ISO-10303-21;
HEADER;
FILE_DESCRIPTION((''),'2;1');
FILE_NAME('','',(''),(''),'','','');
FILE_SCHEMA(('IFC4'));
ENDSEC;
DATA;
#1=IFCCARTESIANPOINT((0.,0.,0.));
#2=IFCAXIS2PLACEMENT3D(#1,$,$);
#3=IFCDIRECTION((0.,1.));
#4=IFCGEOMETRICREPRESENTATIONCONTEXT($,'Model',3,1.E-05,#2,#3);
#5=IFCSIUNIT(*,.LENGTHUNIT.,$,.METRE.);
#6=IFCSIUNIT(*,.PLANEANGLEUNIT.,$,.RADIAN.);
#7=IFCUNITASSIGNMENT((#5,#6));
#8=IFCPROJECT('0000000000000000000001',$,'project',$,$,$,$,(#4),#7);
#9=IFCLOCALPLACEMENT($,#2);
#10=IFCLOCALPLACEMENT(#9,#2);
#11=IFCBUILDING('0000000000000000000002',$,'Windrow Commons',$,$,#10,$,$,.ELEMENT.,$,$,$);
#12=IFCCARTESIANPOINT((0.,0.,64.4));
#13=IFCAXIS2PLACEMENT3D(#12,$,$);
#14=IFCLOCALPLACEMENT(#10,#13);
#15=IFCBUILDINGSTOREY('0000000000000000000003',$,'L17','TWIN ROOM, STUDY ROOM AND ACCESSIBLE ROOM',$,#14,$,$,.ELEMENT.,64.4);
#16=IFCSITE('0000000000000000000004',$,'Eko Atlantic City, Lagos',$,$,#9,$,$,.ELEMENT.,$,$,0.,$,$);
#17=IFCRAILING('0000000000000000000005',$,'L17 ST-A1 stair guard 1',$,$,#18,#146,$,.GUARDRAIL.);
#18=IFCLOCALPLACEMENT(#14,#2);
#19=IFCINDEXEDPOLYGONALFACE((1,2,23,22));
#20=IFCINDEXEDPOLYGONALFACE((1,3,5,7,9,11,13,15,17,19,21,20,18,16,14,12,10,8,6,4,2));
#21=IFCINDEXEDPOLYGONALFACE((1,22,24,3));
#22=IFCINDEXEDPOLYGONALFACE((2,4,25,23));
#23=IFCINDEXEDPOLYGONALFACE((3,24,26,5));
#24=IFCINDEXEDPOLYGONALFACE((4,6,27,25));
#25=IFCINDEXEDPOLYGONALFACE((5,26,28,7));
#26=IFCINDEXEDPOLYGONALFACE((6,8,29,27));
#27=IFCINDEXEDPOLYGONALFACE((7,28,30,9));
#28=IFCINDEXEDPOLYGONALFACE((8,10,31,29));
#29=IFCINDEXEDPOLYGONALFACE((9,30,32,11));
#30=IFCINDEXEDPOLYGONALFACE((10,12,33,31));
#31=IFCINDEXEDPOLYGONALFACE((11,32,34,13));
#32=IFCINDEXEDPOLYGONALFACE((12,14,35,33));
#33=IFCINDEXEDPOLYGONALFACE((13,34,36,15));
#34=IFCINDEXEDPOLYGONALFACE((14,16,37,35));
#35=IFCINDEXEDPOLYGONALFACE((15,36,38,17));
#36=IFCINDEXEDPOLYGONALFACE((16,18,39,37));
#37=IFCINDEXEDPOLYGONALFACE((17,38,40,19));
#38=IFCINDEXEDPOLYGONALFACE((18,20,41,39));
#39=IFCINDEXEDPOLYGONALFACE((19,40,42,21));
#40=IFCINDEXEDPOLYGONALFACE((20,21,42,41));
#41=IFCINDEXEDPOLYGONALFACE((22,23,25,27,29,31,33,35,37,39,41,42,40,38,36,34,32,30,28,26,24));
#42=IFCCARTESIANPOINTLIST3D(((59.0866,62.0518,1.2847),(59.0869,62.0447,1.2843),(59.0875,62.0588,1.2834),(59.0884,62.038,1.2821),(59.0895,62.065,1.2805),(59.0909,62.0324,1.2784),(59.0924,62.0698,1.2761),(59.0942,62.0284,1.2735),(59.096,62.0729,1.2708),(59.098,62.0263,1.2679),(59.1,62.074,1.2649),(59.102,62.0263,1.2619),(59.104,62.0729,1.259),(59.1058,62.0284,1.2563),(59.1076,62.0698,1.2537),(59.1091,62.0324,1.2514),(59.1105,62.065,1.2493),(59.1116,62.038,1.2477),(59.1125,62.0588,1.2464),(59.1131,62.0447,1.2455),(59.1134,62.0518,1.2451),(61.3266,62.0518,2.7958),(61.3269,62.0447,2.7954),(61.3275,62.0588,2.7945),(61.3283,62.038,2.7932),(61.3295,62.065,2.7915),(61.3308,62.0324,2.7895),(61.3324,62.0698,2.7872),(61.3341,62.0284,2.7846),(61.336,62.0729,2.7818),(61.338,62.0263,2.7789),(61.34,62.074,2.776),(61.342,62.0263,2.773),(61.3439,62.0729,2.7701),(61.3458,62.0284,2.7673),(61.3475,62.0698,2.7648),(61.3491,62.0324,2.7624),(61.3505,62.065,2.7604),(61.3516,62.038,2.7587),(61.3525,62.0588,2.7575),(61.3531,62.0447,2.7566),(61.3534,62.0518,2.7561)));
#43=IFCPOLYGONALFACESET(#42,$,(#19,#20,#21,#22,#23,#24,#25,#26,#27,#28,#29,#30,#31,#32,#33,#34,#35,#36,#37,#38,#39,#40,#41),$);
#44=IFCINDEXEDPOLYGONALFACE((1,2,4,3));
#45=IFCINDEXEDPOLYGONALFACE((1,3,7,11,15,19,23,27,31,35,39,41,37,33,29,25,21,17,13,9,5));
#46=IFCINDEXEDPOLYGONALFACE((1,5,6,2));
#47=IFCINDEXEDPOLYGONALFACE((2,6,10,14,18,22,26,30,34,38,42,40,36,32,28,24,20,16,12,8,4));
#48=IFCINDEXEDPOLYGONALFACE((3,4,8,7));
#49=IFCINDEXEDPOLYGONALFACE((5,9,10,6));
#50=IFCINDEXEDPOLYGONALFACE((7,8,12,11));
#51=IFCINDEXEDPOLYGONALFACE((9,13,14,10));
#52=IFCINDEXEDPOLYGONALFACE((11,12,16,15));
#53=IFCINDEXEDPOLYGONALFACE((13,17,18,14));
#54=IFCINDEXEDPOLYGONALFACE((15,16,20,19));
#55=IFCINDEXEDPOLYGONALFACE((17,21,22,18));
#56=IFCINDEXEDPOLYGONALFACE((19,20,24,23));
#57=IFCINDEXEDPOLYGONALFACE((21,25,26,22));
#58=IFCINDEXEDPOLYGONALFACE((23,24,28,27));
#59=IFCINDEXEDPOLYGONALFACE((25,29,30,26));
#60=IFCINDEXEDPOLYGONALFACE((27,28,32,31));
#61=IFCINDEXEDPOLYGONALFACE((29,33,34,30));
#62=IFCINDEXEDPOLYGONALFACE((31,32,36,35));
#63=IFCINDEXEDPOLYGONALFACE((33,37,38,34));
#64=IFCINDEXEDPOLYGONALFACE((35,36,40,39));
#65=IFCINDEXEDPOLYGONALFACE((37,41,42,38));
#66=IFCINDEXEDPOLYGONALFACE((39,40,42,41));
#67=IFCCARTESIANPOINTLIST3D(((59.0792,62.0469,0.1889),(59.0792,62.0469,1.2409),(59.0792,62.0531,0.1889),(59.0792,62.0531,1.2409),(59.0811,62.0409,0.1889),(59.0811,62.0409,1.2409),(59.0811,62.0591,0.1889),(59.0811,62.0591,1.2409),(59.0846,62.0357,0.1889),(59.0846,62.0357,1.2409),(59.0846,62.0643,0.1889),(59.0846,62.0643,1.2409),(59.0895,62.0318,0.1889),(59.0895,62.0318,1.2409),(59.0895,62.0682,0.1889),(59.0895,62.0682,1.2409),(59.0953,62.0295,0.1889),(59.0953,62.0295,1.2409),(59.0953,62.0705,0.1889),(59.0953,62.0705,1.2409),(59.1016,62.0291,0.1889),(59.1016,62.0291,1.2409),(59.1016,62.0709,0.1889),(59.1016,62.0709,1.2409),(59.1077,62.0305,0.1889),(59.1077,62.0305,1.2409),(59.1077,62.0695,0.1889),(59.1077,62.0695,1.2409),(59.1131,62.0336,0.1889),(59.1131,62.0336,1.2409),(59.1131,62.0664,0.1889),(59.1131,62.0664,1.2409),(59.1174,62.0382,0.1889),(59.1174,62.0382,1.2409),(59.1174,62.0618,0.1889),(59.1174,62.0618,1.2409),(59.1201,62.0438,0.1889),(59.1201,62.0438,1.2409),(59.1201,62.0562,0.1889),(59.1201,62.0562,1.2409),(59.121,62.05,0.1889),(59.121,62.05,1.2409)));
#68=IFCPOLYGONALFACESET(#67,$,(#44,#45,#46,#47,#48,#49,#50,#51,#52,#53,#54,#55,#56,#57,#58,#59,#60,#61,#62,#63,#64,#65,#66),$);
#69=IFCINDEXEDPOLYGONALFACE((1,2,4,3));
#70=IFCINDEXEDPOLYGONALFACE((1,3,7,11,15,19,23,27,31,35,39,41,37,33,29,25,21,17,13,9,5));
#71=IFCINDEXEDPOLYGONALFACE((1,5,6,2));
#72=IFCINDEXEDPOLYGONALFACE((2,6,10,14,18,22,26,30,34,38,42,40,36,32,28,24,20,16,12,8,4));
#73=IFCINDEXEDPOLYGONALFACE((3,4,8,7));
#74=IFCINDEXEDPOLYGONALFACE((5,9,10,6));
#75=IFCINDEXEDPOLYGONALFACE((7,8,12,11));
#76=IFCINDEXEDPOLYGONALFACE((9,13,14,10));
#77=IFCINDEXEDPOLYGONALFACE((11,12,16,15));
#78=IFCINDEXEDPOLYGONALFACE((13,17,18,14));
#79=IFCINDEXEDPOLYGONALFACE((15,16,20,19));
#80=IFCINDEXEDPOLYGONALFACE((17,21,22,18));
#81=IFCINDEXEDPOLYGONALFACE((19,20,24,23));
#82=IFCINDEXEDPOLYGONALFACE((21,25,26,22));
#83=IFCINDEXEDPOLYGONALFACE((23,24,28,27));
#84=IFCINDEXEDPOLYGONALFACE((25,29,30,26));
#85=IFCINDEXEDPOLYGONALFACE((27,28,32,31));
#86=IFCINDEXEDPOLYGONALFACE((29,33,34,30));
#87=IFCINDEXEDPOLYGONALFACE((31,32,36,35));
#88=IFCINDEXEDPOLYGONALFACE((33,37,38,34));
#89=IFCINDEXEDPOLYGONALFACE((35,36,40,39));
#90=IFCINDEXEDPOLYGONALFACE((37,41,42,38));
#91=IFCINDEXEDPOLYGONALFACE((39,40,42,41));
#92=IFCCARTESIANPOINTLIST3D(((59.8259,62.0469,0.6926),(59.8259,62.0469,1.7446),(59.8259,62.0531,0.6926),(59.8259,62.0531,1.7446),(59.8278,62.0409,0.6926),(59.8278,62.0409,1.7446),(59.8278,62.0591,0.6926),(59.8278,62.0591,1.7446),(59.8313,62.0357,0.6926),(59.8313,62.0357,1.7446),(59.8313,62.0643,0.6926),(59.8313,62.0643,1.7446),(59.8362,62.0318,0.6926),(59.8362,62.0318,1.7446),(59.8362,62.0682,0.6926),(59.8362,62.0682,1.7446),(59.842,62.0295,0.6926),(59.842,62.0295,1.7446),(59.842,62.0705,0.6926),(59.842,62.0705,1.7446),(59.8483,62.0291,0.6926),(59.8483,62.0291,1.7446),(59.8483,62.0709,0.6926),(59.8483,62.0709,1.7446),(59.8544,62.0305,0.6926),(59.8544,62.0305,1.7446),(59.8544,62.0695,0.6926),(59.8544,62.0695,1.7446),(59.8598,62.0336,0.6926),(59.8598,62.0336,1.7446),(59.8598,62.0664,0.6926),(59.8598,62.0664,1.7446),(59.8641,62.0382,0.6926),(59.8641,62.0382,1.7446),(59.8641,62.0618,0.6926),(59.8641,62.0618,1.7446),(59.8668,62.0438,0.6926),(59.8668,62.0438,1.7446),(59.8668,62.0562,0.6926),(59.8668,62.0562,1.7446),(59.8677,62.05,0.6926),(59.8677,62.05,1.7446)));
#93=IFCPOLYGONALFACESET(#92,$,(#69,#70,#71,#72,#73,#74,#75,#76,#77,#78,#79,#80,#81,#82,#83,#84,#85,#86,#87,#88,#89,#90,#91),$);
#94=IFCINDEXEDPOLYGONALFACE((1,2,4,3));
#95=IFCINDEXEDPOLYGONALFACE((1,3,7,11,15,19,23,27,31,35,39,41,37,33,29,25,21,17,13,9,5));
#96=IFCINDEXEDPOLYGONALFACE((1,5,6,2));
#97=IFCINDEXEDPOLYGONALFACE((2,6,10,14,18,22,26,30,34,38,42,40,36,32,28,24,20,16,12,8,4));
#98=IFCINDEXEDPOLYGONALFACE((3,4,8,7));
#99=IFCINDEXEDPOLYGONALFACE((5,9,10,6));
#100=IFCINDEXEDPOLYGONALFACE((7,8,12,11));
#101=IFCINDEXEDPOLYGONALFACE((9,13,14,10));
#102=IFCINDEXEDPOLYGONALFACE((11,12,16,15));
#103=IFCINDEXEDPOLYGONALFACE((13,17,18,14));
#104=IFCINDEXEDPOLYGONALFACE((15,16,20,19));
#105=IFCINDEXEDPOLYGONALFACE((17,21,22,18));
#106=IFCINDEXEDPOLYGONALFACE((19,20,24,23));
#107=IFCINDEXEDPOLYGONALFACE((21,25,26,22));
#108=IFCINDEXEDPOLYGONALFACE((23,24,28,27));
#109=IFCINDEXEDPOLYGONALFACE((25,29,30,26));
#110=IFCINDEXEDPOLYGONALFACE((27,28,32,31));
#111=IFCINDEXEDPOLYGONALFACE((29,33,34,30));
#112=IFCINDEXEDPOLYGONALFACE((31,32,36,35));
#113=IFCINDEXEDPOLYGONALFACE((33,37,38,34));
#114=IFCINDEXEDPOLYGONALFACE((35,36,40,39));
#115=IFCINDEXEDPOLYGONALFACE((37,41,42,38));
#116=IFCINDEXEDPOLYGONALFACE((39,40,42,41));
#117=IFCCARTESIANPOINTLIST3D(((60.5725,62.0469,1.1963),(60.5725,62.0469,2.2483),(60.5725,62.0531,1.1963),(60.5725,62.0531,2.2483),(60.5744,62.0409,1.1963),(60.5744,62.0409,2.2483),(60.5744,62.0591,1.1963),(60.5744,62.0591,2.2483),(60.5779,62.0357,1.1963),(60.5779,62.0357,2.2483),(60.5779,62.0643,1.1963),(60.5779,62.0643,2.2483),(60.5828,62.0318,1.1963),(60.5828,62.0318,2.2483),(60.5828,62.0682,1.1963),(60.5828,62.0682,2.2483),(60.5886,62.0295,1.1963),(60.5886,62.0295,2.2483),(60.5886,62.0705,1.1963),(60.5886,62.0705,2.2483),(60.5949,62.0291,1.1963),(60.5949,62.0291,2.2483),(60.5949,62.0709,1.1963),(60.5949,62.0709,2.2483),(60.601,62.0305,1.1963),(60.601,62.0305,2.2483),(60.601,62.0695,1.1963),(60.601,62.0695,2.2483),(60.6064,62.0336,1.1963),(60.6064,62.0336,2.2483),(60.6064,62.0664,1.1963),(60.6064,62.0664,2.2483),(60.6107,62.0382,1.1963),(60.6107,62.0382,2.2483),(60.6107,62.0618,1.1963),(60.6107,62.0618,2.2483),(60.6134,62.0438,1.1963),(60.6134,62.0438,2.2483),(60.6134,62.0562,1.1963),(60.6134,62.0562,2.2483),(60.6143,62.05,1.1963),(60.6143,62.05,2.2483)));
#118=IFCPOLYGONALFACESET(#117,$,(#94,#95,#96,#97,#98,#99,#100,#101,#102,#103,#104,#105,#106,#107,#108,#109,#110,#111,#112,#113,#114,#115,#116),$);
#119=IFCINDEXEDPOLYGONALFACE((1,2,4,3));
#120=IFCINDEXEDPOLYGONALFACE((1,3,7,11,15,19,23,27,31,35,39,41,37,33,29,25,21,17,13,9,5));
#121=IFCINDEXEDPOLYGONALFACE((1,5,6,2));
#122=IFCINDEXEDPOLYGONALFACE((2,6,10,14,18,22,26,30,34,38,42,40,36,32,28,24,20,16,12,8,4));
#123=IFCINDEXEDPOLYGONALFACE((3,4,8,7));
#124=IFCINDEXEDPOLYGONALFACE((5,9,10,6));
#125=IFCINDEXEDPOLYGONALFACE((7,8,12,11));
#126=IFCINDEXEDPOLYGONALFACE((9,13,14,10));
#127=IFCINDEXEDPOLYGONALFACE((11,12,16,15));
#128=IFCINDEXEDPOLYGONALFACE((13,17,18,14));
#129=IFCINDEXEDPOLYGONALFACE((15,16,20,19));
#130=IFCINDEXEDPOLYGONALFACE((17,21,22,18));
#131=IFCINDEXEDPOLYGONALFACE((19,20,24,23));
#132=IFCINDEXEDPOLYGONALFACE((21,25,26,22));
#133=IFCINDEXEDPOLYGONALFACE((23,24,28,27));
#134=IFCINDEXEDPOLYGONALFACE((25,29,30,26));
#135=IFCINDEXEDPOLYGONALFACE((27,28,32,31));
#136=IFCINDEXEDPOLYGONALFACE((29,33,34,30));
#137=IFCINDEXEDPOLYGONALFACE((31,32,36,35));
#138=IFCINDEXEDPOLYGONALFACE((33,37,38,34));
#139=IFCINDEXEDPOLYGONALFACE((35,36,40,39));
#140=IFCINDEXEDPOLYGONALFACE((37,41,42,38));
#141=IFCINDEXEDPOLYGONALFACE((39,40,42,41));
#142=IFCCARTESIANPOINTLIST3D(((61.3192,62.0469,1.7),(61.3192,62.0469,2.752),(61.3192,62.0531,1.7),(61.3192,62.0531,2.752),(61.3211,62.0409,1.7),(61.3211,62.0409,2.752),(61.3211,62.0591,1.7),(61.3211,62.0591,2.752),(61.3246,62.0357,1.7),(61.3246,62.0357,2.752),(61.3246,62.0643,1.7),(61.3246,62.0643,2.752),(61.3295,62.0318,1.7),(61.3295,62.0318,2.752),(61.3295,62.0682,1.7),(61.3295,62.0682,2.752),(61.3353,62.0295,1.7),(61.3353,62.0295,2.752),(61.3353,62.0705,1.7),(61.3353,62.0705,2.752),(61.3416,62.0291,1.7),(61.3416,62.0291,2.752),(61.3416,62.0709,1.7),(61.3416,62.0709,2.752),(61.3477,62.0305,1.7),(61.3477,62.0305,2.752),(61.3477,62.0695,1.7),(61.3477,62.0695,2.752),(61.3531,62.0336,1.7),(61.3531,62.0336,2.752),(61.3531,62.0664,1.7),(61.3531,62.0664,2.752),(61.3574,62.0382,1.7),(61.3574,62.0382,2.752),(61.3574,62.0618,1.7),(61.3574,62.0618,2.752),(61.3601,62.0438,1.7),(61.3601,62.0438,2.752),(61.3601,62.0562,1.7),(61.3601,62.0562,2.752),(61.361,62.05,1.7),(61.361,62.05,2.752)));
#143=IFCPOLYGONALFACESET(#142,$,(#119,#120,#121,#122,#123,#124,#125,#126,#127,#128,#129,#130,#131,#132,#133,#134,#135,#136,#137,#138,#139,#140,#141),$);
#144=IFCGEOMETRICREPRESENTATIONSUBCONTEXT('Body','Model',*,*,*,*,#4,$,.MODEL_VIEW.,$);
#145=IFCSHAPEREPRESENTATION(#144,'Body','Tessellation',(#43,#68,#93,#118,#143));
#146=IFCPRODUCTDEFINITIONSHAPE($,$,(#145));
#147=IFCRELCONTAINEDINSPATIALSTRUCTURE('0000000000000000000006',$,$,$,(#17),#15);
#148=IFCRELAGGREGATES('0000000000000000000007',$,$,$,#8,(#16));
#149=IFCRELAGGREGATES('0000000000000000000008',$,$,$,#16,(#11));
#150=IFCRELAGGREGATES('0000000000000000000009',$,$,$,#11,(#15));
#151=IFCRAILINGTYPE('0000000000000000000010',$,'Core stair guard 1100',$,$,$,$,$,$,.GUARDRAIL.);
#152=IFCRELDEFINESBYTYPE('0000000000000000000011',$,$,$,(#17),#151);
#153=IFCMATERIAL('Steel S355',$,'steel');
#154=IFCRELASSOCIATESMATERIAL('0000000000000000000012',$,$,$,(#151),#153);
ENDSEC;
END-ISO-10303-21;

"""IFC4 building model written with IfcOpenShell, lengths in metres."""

from ifc_helpers import new_model, si_unit, direction, frame, origin, origin_2d, place, context, subcontext, project, spatial, circle, extrude, material, type_object, element, save


model = new_model("IFC4")

# Units and contexts
model_context = context("Model", 3, precision=1e-05, world=origin(), true_north=direction((0.0, 1.0)))
body_context = subcontext(model_context, "Body", "Model", "MODEL_VIEW")
ifc_project = project(units=[si_unit("LENGTHUNIT", "METRE"), si_unit("PLANEANGLEUNIT", "RADIAN")], contexts=[model_context])

# Site, building, storey
site_placement = place(None, origin())
site = spatial("IfcSite", under=ifc_project, at=site_placement, Name="Eko Atlantic City, Lagos", CompositionType="ELEMENT", RefElevation=0.0)
building_placement = place(site_placement, origin())
building = spatial("IfcBuilding", under=site, at=building_placement, Name="Windrow Commons", CompositionType="ELEMENT")
storey_placement = place(building_placement, frame((0.0, 0.0, 64.4)))
storey = spatial("IfcBuildingStorey", under=building, at=storey_placement, Name="L17", Description="TWIN ROOM, STUDY ROOM AND ACCESSIBLE ROOM", CompositionType="ELEMENT", Elevation=64.4)

# Railing
ifc_material_1 = material(Name="Steel S355", Category="steel")
railing_type_1 = type_object("IfcRailingType", Name="Core stair guard 1100", PredefinedType="GUARDRAIL", material=ifc_material_1)
railing_1_placement = place(storey_placement, frame((59.1, 62.05, 0.1889)))
element("IfcRailing", 1, at=railing_1_placement, inside=storey, type_object=railing_type_1, Name="L17 ST-A1 stair guard 1", PredefinedType="GUARDRAIL", context=body_context, shape_type="SweptSolid", body=[
    extrude(circle(Radius=0.024, at=origin_2d()), frame((0.0, 0.0, 1.076), z_axis=(0.829003, 0.0, 0.559244), x_axis=(0.0, 1.0, 0.0)), (0.0, 0.0, 1.0), 2.702),
    extrude(circle(Radius=0.021, at=origin_2d()), origin(), (0.0, 0.0, 1.0), 1.052),
    extrude(circle(Radius=0.021, at=origin_2d()), frame((0.7467, 0.0, 0.5037)), (0.0, 0.0, 1.0), 1.052),
    extrude(circle(Radius=0.021, at=origin_2d()), frame((1.4933, 0.0, 1.0074)), (0.0, 0.0, 1.0), 1.052),
    extrude(circle(Radius=0.021, at=origin_2d()), frame((2.24, 0.0, 1.5111)), (0.0, 0.0, 1.0), 1.052),
])

save(model, "model.ifc")
